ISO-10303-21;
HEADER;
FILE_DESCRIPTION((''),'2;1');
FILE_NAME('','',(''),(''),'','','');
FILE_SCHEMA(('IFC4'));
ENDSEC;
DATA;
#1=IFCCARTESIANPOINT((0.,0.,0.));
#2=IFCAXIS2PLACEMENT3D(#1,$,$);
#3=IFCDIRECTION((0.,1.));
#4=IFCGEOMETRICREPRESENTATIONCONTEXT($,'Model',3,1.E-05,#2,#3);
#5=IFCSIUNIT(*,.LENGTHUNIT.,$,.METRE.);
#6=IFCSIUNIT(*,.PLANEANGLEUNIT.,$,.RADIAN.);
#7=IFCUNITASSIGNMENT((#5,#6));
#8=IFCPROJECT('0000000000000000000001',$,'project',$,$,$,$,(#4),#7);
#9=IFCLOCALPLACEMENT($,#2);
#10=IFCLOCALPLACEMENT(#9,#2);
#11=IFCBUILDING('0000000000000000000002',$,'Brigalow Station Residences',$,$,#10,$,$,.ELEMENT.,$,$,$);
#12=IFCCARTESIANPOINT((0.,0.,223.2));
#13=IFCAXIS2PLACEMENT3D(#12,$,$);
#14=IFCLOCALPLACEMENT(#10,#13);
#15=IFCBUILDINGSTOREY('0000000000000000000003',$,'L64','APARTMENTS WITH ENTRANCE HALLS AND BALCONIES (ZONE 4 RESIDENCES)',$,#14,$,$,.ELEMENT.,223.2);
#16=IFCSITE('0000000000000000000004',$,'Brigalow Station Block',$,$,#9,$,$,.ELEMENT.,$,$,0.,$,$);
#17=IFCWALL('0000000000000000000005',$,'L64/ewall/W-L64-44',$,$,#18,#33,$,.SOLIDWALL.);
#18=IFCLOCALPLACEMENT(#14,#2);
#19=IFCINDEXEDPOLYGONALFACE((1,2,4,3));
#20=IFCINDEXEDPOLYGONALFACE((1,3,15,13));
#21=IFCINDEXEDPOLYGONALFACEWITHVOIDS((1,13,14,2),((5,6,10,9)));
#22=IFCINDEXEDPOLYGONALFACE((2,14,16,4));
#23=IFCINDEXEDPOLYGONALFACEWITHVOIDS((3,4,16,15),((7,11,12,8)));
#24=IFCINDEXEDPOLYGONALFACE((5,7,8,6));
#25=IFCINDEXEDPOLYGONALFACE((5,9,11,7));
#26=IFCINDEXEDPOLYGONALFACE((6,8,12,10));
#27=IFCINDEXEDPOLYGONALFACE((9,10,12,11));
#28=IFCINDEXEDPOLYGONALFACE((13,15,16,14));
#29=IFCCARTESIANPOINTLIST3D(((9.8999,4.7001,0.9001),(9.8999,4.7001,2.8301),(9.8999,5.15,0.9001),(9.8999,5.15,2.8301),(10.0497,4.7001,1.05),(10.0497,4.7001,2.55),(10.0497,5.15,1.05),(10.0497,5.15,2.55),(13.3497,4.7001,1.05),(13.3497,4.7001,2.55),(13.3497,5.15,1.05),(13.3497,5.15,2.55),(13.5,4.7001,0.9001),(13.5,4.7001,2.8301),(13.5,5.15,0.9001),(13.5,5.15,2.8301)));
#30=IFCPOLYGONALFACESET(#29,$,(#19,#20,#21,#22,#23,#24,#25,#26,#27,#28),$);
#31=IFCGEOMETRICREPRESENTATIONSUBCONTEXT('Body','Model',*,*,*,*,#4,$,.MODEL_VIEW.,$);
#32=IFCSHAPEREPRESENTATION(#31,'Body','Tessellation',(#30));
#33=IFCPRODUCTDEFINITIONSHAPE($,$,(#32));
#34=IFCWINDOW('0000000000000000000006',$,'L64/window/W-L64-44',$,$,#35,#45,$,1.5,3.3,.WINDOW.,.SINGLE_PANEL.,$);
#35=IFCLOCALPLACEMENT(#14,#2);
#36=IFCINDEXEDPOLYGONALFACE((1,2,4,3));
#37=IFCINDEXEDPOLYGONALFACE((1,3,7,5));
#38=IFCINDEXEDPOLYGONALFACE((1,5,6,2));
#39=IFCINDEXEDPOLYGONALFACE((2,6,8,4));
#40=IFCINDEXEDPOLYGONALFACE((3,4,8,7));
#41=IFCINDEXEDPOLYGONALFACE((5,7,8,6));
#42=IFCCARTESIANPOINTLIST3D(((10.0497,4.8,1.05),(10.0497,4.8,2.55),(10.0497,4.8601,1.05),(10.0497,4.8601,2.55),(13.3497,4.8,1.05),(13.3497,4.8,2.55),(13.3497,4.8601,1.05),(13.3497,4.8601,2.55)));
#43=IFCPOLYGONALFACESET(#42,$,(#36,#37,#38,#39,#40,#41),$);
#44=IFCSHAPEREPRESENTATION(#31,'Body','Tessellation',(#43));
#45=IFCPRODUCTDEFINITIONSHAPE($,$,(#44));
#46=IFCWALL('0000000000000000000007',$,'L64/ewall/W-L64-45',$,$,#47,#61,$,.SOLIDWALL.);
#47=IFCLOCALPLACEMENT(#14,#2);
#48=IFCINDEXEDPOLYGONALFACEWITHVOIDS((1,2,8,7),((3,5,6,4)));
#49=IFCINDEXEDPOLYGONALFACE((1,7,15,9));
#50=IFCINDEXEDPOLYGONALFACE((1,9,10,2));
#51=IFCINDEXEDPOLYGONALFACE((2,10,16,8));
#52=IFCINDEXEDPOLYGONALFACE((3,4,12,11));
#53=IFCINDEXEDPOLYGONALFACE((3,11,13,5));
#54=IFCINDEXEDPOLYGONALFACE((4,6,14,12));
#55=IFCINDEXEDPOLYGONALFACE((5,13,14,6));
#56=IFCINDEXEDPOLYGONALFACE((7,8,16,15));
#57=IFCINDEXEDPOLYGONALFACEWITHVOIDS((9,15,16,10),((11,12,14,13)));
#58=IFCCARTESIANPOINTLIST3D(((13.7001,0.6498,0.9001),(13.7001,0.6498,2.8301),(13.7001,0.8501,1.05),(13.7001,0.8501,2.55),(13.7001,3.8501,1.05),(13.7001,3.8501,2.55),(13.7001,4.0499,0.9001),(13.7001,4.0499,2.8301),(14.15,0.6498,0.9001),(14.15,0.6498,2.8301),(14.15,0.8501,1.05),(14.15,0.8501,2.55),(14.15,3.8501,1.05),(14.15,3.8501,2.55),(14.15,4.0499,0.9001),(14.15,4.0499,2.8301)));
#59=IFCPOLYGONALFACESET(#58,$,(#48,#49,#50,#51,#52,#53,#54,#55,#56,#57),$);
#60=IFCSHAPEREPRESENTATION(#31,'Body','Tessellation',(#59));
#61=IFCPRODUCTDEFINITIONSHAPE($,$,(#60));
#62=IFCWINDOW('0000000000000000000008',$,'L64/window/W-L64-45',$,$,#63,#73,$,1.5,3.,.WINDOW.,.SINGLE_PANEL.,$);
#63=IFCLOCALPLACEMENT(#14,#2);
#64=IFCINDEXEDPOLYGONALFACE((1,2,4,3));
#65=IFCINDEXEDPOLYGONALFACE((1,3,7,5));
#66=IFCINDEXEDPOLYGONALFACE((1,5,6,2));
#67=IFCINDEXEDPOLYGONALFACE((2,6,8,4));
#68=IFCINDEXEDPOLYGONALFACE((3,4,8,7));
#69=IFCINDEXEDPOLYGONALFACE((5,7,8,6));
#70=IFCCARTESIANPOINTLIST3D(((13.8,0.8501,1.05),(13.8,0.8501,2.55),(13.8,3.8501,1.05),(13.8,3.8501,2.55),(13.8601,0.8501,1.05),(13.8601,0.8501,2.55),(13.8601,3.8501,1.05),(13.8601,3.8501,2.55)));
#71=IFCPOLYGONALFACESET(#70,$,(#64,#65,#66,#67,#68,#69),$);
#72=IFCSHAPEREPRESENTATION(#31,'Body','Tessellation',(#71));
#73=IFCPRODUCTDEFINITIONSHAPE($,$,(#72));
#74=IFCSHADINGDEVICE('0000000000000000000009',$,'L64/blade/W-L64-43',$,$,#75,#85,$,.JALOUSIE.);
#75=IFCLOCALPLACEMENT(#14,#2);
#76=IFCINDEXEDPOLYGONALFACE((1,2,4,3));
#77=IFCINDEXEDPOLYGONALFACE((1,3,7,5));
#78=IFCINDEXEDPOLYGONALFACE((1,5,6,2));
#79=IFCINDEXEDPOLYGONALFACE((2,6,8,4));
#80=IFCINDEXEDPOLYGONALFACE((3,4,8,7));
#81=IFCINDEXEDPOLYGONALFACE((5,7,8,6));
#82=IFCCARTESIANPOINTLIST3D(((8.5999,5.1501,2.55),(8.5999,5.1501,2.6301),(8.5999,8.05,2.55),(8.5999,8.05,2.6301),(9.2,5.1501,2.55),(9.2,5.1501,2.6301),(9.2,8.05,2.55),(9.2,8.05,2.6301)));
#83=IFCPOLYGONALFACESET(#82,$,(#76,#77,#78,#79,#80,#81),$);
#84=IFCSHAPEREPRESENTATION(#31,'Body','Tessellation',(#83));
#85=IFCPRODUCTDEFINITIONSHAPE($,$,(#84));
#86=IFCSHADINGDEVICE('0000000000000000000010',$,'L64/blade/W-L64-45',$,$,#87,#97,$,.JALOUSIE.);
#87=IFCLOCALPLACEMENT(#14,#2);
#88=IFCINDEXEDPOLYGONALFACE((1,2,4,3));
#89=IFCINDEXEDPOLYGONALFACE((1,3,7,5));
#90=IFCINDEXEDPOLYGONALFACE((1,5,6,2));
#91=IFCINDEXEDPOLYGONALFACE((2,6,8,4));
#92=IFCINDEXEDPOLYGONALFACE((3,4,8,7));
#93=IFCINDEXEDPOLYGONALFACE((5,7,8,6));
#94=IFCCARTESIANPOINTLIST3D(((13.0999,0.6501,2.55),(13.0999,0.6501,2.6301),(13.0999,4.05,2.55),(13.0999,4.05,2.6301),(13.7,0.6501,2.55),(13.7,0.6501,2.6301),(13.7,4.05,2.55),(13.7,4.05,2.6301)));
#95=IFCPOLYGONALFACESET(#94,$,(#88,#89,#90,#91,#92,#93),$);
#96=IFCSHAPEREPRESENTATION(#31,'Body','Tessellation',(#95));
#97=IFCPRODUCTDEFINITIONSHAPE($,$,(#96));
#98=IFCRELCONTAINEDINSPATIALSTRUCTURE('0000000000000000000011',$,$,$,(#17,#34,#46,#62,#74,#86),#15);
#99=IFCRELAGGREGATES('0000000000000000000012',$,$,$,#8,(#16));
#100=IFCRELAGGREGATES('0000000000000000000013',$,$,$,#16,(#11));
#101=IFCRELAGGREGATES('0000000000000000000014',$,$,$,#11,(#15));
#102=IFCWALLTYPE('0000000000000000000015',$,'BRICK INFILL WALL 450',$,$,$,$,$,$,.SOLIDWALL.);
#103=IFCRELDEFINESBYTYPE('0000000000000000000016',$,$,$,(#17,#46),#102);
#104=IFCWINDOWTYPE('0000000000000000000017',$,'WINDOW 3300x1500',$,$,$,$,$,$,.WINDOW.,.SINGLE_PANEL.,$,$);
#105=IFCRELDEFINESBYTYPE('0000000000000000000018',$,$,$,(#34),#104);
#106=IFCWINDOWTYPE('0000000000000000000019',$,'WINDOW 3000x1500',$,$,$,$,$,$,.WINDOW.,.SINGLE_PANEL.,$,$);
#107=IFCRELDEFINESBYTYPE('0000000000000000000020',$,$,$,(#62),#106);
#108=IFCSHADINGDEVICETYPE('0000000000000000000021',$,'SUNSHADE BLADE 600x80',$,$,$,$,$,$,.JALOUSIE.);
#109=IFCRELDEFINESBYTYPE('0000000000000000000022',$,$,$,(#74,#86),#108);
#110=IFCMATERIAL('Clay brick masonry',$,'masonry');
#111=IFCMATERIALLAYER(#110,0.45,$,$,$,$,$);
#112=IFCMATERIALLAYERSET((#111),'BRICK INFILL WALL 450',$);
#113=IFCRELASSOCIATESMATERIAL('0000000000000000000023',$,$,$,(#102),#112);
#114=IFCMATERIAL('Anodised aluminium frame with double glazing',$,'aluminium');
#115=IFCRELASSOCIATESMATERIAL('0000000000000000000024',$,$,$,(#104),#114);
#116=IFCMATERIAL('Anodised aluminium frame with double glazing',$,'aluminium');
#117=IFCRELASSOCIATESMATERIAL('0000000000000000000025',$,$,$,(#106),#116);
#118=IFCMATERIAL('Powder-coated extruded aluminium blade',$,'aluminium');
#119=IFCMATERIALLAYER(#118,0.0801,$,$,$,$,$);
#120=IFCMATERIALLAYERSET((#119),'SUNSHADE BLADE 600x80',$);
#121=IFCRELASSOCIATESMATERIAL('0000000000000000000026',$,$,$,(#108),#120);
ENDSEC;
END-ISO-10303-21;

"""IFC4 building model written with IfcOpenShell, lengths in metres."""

from ifc_helpers import new_model, si_unit, direction, frame, frame_2d, origin, origin_2d, place, context, subcontext, project, spatial, rectangle, extrude, material, layer, layer_set, type_object, element, fill, save


model = new_model("IFC4")

# Units and contexts
model_context = context("Model", 3, precision=1e-05, world=origin(), true_north=direction((0.0, 1.0)))
body_context = subcontext(model_context, "Body", "Model", "MODEL_VIEW")
ifc_project = project(units=[si_unit("LENGTHUNIT", "METRE"), si_unit("PLANEANGLEUNIT", "RADIAN")], contexts=[model_context])

# Site, building, storey
site_placement = place(None, origin())
site = spatial("IfcSite", under=ifc_project, at=site_placement, Name="Brigalow Station Block", CompositionType="ELEMENT", RefElevation=0.0)
building_placement = place(site_placement, origin())
building = spatial("IfcBuilding", under=site, at=building_placement, Name="Brigalow Station Residences", CompositionType="ELEMENT")
storey_placement = place(building_placement, frame((0.0, 0.0, 223.2)))
storey = spatial("IfcBuildingStorey", under=building, at=storey_placement, Name="L64", Description="APARTMENTS WITH ENTRANCE HALLS AND BALCONIES (ZONE 4 RESIDENCES)", CompositionType="ELEMENT", Elevation=223.2)

# Walls, openings, windows
ifc_material_1 = material(Name="Clay brick masonry", Category="masonry")
ifc_layer_1 = layer(ifc_material_1, 0.45)
ifc_layer_set_1 = layer_set([ifc_layer_1], Name="BRICK INFILL WALL 450")
wall_type = type_object("IfcWallType", Name="BRICK INFILL WALL 450", PredefinedType="SOLIDWALL", material=ifc_layer_set_1)
wall_1_placement = place(storey_placement, frame((9.8999, 4.925, 0.9001), z_axis=(0.0, 0.0, 1.0), x_axis=(1.0, 0.0, 0.0)))
wall_1 = element("IfcWall", 1, at=wall_1_placement, inside=storey, type_object=wall_type, Name="L64/ewall/W-L64-44", PredefinedType="SOLIDWALL", context=body_context, shape_type="SweptSolid", body=[
    extrude(rectangle(XDim=3.6001, YDim=0.45, at=frame_2d((1.8, 0.0))), origin(), (0.0, 0.0, 1.0), 1.9299),
])
opening_1_placement = place(wall_1_placement, frame((0.1499, 0.0, 0.1499)))
opening_1 = element("IfcOpeningElement", 2, at=opening_1_placement, cuts=wall_1, PredefinedType="OPENING", context=body_context, shape_type="SweptSolid", body=[
    extrude(rectangle(XDim=3.3, YDim=1.5, at=frame_2d((1.6499, 0.75))), frame((0.0, 0.2349, 0.0), z_axis=(0.0, -1.0, 0.0), x_axis=(1.0, 0.0, 0.0)), (0.0, 0.0, 1.0), 0.47),
])
ifc_material_2 = material(Name="Anodised aluminium frame with double glazing", Category="aluminium")
window_type_1 = type_object("IfcWindowType", Name="WINDOW 3300x1500", PartitioningType="SINGLE_PANEL", PredefinedType="WINDOW", material=ifc_material_2)
window_1_placement = place(opening_1_placement, origin())
window_1 = element("IfcWindow", 3, at=window_1_placement, inside=storey, type_object=window_type_1, Name="L64/window/W-L64-44", OverallHeight=1.5, OverallWidth=3.3, PartitioningType="SINGLE_PANEL", PredefinedType="WINDOW", context=body_context, shape_type="SweptSolid", body=[
    extrude(rectangle(XDim=3.3, YDim=1.5, at=frame_2d((1.6499, 0.75))), frame((0.0, -0.0649, 0.0), z_axis=(0.0, -1.0, 0.0), x_axis=(1.0, 0.0, 0.0)), (0.0, 0.0, 1.0), 0.0601),
])
fill(opening_1, window_1)
wall_2_placement = place(storey_placement, frame((13.925, 4.05, 0.9001), z_axis=(0.0, 0.0, 1.0), x_axis=(0.0, -1.0, 0.0)))
wall_2 = element("IfcWall", 4, at=wall_2_placement, inside=storey, type_object=wall_type, Name="L64/ewall/W-L64-45", PredefinedType="SOLIDWALL", context=body_context, shape_type="SweptSolid", body=[
    extrude(rectangle(XDim=3.4001, YDim=0.45, at=frame_2d((1.7002, 0.0))), origin(), (0.0, 0.0, 1.0), 1.9299),
])
opening_2_placement = place(wall_2_placement, frame((0.2, 0.0, 0.1499)))
opening_2 = element("IfcOpeningElement", 5, at=opening_2_placement, cuts=wall_2, PredefinedType="OPENING", context=body_context, shape_type="SweptSolid", body=[
    extrude(rectangle(XDim=3.0, YDim=1.5, at=frame_2d((1.5, 0.75))), frame((0.0, 0.2349, 0.0), z_axis=(0.0, -1.0, 0.0), x_axis=(1.0, 0.0, 0.0)), (0.0, 0.0, 1.0), 0.47),
])
ifc_material_3 = material(Name="Anodised aluminium frame with double glazing", Category="aluminium")
window_type_2 = type_object("IfcWindowType", Name="WINDOW 3000x1500", PartitioningType="SINGLE_PANEL", PredefinedType="WINDOW", material=ifc_material_3)
window_2_placement = place(opening_2_placement, origin())
window_2 = element("IfcWindow", 6, at=window_2_placement, inside=storey, type_object=window_type_2, Name="L64/window/W-L64-45", OverallHeight=1.5, OverallWidth=3.0, PartitioningType="SINGLE_PANEL", PredefinedType="WINDOW", context=body_context, shape_type="SweptSolid", body=[
    extrude(rectangle(XDim=3.0, YDim=1.5, at=frame_2d((1.5, 0.75))), frame((0.0, -0.0649, 0.0), z_axis=(0.0, -1.0, 0.0), x_axis=(1.0, 0.0, 0.0)), (0.0, 0.0, 1.0), 0.0601),
])
fill(opening_2, window_2)

# Shading devices
ifc_material_4 = material(Name="Powder-coated extruded aluminium blade", Category="aluminium")
ifc_layer_2 = layer(ifc_material_4, 0.0801)
ifc_layer_set_2 = layer_set([ifc_layer_2], Name="SUNSHADE BLADE 600x80")
shading_device_type = type_object("IfcShadingDeviceType", Name="SUNSHADE BLADE 600x80", PredefinedType="JALOUSIE", material=ifc_layer_set_2)
shading_device_1_placement = place(storey_placement, frame((8.8999, 6.6001, 2.55), z_axis=(0.0, 0.0, 1.0), x_axis=(0.0, -1.0, 0.0)))
element("IfcShadingDevice", 7, at=shading_device_1_placement, inside=storey, type_object=shading_device_type, Name="L64/blade/W-L64-43", PredefinedType="JALOUSIE", context=body_context, shape_type="SweptSolid", body=[
    extrude(rectangle(XDim=2.8999, YDim=0.6001, at=origin_2d()), origin(), (0.0, 0.0, 1.0), 0.0801),
])
shading_device_2_placement = place(storey_placement, frame((13.3999, 2.3501, 2.55), z_axis=(0.0, 0.0, 1.0), x_axis=(0.0, -1.0, 0.0)))
element("IfcShadingDevice", 8, at=shading_device_2_placement, inside=storey, type_object=shading_device_type, Name="L64/blade/W-L64-45", PredefinedType="JALOUSIE", context=body_context, shape_type="SweptSolid", body=[
    extrude(rectangle(XDim=3.3999, YDim=0.6001, at=origin_2d()), origin(), (0.0, 0.0, 1.0), 0.0801),
])

save(model, "model.ifc")
